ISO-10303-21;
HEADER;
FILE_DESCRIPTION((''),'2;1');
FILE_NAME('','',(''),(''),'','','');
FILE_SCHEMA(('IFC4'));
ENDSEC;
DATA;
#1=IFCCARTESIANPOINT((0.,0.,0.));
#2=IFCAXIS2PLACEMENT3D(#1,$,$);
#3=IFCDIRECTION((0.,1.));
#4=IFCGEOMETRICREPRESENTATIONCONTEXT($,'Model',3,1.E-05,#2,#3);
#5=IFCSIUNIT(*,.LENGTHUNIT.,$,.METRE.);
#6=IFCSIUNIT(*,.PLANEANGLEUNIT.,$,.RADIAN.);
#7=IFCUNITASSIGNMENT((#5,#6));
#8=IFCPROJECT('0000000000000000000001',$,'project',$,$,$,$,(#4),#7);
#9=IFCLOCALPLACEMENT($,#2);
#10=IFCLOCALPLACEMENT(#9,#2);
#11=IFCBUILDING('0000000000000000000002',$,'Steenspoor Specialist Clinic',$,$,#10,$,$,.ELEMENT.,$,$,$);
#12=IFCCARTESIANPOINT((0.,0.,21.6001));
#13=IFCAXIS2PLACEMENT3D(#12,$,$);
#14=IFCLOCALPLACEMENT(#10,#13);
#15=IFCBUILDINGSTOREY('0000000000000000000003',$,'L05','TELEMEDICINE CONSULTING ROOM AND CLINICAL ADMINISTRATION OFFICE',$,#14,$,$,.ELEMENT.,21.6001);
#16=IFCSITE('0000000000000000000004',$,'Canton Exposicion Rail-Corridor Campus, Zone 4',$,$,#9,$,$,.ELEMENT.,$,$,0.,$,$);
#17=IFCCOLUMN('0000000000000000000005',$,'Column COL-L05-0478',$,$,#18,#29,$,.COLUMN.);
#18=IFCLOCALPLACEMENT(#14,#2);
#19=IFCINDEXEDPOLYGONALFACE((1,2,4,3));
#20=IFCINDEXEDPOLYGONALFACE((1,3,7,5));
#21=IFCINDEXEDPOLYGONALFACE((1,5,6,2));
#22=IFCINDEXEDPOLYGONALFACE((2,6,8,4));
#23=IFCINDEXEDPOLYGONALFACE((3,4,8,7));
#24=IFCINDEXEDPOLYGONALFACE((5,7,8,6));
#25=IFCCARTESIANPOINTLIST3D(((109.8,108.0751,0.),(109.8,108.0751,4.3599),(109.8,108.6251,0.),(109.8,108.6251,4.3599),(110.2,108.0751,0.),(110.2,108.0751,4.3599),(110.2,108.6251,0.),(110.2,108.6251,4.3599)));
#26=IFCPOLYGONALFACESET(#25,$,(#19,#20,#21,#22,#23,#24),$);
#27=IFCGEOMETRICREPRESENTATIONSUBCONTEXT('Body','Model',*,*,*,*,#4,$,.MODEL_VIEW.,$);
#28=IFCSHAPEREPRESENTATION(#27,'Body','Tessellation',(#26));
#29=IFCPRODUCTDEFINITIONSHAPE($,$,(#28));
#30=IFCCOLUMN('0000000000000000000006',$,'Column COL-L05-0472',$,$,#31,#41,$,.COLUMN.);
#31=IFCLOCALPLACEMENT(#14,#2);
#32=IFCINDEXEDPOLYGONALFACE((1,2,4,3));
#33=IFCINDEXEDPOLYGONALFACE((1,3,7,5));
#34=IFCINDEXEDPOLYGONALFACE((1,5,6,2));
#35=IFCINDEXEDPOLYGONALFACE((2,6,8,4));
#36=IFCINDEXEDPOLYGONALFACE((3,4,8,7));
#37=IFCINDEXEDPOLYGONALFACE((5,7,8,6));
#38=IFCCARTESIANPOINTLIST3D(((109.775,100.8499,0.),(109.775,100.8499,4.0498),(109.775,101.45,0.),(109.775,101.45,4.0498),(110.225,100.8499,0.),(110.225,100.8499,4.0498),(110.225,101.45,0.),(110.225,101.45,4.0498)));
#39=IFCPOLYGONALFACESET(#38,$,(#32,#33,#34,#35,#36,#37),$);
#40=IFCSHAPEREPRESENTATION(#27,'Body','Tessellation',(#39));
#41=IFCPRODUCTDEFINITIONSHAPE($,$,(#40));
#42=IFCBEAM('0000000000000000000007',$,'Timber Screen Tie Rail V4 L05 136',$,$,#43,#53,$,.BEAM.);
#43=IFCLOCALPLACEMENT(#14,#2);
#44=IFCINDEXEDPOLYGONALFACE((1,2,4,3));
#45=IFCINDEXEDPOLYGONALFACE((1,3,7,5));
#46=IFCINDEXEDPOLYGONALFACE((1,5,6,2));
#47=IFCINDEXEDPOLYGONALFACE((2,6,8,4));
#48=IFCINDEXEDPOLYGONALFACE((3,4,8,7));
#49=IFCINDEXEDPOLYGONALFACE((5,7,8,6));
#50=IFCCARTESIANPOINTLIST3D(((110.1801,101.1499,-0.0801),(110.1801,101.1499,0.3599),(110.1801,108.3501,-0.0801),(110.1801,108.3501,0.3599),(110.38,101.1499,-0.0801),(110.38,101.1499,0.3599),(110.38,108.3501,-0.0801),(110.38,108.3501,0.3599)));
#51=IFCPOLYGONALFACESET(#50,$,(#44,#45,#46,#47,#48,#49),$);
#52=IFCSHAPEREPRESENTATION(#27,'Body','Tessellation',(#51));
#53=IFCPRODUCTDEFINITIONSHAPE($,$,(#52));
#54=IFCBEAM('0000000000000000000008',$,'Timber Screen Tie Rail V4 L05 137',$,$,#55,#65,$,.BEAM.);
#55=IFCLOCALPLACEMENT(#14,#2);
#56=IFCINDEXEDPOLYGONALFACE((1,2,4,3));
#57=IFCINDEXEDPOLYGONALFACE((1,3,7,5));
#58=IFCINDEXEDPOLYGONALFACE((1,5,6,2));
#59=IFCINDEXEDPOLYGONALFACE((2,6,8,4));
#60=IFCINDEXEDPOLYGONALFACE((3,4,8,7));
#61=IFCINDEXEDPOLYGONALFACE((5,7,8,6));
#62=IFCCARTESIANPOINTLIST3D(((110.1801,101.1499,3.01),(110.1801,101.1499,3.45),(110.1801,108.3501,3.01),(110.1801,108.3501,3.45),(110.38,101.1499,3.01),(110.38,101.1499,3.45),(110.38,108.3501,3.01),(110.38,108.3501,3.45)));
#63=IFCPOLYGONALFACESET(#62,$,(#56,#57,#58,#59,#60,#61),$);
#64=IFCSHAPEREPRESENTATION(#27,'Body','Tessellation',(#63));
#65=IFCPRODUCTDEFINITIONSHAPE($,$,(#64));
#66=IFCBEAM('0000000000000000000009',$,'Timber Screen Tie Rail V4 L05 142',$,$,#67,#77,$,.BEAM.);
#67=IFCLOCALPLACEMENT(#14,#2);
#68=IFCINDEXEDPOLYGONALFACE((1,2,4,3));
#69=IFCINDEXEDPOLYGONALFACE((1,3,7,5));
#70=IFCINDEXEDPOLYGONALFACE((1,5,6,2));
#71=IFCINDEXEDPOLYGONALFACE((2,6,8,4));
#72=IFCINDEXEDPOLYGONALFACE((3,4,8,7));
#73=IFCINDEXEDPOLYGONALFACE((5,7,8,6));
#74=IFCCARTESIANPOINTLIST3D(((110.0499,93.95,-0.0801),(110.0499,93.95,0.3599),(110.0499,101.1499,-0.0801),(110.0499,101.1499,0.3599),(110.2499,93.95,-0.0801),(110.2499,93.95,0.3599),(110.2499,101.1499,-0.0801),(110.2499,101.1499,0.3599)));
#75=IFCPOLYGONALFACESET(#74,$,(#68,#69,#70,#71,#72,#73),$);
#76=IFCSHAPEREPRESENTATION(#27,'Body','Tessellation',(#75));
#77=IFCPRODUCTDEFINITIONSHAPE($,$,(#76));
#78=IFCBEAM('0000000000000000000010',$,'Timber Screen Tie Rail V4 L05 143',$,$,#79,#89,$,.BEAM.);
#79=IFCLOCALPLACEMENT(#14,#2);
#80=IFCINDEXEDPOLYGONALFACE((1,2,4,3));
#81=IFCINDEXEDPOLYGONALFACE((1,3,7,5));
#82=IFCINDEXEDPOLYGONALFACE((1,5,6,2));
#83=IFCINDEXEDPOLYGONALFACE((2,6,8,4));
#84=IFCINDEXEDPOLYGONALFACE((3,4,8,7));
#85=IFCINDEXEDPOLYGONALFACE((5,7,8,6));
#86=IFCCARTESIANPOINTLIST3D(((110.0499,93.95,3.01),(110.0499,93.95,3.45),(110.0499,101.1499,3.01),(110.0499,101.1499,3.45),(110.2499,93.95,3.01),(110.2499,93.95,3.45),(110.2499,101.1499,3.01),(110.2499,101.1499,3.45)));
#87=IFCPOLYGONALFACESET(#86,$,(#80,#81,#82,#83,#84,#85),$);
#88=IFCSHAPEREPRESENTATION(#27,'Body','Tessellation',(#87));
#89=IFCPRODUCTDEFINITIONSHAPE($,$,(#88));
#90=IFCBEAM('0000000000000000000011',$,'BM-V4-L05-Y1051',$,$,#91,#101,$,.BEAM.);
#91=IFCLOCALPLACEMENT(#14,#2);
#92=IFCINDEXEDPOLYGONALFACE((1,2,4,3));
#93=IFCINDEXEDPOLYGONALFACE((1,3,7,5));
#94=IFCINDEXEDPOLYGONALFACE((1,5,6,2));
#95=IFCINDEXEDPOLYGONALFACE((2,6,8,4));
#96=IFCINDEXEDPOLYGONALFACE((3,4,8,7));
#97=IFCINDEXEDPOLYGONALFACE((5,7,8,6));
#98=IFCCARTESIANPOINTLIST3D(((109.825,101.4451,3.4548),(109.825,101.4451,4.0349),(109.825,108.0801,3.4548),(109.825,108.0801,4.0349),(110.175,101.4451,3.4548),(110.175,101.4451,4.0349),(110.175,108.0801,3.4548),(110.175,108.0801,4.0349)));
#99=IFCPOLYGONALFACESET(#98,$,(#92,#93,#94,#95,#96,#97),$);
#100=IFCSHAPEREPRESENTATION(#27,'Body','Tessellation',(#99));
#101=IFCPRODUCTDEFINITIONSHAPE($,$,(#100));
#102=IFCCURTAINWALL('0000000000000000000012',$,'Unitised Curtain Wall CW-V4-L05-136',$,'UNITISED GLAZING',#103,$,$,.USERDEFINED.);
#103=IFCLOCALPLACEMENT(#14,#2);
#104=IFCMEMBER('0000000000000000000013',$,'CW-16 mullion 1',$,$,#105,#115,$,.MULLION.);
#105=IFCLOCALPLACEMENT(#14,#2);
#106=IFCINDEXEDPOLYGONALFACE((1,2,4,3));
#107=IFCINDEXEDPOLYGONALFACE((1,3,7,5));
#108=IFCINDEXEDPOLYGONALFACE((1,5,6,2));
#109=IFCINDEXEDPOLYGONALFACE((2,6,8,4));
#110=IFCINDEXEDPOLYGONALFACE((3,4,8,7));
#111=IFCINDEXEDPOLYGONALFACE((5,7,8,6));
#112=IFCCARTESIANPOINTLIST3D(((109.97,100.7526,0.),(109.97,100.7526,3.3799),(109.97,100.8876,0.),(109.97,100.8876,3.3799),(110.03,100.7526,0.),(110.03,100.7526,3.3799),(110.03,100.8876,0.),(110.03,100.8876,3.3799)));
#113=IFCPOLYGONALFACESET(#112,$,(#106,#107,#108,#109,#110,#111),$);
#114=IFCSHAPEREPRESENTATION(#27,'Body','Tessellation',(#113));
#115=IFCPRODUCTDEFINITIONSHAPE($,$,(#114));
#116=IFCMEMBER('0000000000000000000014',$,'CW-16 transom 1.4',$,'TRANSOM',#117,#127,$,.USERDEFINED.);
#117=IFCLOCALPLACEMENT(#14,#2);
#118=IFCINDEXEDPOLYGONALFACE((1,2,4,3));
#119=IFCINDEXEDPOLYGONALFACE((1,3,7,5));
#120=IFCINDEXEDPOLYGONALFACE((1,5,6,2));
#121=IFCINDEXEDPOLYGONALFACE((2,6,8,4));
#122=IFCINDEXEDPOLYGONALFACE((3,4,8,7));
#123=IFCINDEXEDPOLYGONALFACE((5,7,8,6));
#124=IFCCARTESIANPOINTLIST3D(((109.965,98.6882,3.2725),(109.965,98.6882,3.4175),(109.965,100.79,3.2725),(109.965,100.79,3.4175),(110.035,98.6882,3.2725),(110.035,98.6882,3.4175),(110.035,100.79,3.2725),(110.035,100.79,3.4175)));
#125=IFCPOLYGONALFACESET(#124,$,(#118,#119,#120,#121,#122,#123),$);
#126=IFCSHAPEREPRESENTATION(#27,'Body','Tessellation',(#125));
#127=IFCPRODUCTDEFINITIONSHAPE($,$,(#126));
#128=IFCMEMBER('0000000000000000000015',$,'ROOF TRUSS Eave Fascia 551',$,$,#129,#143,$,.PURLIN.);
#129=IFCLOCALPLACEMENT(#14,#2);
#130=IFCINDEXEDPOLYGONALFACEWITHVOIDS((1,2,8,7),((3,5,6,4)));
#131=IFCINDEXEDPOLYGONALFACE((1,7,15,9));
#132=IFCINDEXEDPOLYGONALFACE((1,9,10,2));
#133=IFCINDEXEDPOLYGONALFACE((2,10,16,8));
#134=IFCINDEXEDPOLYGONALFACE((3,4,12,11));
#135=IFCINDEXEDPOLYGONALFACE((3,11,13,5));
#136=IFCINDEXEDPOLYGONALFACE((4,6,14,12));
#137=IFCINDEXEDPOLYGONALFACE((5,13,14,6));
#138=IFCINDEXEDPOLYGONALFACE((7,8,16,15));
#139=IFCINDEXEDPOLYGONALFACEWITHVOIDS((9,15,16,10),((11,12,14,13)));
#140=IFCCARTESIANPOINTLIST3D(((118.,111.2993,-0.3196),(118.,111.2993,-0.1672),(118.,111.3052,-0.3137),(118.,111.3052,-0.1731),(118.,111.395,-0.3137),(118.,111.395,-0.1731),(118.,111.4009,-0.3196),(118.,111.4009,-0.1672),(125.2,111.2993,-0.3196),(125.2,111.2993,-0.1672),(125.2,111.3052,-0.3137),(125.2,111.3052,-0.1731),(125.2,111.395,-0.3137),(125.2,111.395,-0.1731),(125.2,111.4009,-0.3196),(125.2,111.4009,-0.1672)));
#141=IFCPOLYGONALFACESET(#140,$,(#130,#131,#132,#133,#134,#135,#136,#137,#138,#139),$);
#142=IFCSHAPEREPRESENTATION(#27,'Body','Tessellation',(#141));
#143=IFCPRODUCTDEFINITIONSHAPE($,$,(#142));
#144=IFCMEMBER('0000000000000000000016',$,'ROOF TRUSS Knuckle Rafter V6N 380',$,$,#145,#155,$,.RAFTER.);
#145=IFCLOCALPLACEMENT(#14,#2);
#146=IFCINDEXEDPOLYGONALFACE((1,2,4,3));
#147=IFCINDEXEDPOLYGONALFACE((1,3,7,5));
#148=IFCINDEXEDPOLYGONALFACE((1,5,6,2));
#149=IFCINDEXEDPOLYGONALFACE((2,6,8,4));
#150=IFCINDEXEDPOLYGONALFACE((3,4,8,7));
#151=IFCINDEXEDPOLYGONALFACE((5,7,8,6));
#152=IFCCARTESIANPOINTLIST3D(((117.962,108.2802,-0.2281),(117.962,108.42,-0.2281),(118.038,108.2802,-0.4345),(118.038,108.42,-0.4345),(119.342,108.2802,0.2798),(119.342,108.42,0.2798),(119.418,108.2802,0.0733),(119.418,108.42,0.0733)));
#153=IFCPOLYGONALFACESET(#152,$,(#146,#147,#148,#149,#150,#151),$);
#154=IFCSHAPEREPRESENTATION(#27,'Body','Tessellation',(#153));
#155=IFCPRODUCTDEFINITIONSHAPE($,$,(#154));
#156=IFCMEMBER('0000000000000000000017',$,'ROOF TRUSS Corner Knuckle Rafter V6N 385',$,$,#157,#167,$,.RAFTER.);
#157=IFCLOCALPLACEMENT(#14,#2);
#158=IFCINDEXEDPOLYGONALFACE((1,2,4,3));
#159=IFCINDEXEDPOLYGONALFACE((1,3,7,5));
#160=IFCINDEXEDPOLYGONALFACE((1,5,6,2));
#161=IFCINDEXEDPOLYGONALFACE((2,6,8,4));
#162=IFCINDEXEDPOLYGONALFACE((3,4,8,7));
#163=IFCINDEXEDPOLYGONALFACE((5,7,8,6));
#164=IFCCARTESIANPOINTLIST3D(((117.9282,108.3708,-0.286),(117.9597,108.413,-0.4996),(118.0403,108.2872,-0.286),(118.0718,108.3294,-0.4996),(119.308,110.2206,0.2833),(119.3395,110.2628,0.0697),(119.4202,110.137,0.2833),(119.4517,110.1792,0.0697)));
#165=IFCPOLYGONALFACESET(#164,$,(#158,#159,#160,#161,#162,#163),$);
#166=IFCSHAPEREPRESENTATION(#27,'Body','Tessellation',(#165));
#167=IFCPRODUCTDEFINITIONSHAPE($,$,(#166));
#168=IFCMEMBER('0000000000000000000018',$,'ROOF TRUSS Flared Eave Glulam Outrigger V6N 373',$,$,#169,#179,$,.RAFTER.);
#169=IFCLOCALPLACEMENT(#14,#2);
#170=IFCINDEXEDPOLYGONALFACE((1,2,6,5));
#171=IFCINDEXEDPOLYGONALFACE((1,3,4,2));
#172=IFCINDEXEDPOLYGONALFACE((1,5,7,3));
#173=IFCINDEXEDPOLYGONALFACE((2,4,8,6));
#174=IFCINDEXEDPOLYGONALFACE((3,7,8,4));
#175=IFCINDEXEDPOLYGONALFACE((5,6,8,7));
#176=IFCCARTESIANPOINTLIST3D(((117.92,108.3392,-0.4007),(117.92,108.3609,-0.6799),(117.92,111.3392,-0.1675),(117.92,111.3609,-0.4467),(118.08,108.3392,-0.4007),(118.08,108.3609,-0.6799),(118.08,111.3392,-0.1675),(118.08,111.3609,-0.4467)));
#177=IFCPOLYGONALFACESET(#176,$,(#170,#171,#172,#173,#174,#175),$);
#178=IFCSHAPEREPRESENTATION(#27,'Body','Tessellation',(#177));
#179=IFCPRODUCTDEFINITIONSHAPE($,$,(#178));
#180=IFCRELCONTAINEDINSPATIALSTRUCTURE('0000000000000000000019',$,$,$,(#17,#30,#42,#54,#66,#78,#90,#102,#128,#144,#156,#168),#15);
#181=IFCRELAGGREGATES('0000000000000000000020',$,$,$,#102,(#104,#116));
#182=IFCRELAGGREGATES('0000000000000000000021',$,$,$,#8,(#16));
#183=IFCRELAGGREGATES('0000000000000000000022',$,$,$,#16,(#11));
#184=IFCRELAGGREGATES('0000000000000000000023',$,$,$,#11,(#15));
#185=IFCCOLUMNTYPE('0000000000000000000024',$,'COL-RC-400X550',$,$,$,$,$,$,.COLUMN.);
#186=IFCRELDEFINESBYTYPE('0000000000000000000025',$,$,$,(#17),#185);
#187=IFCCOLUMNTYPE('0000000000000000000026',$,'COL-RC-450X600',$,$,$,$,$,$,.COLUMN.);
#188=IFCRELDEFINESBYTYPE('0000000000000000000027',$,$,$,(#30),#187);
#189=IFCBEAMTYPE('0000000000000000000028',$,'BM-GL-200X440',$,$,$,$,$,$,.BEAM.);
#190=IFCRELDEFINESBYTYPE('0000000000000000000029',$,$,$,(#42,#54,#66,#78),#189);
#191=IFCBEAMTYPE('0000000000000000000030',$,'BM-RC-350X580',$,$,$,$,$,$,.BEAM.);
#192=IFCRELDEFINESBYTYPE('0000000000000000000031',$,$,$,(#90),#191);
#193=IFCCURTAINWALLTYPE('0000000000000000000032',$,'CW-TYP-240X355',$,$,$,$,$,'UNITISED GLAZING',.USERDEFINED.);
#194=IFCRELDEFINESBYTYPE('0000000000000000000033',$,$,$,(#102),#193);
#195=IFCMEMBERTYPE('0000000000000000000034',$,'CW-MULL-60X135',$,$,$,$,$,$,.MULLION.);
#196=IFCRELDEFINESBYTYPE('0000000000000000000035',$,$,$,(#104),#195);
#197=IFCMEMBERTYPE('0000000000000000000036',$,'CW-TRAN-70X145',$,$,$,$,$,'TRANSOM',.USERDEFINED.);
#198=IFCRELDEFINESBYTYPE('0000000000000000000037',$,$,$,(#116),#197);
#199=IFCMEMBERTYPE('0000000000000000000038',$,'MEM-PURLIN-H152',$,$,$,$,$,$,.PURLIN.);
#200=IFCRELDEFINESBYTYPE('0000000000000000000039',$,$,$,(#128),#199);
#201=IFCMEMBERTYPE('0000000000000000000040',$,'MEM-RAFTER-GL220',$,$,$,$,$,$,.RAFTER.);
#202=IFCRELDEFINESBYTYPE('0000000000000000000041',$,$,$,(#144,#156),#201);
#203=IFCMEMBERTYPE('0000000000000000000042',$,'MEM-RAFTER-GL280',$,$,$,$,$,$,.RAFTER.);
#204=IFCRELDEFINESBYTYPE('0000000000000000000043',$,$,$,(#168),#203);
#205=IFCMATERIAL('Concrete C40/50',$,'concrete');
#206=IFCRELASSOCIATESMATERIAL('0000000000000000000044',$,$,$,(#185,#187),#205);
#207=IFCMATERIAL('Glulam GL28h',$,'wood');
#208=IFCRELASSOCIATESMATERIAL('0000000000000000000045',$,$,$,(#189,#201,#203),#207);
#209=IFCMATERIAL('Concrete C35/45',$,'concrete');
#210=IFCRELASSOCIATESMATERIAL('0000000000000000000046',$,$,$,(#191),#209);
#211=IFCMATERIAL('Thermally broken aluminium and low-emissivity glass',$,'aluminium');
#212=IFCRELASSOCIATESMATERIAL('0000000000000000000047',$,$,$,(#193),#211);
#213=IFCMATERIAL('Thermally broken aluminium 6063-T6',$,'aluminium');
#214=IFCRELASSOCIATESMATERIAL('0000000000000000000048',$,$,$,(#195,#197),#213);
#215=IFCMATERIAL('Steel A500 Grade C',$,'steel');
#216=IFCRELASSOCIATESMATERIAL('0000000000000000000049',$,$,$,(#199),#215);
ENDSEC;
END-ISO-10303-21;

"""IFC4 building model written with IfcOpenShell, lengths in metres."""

from ifc_helpers import new_model, si_unit, direction, frame, origin, origin_2d, place, context, subcontext, project, spatial, rectangle, hollow_rectangle, extrude, material, material_profile, profile_set, type_object, element, aggregate, save


model = new_model("IFC4")

# Units and contexts
model_context = context("Model", 3, precision=1e-05, world=origin(), true_north=direction((0.0, 1.0)))
body_context = subcontext(model_context, "Body", "Model", "MODEL_VIEW")
ifc_project = project(units=[si_unit("LENGTHUNIT", "METRE"), si_unit("PLANEANGLEUNIT", "RADIAN")], contexts=[model_context])

# Site, building, storey
site_placement = place(None, origin())
site = spatial("IfcSite", under=ifc_project, at=site_placement, Name="Canton Exposicion Rail-Corridor Campus, Zone 4", CompositionType="ELEMENT", RefElevation=0.0)
building_placement = place(site_placement, origin())
building = spatial("IfcBuilding", under=site, at=building_placement, Name="Steenspoor Specialist Clinic", CompositionType="ELEMENT")
storey_placement = place(building_placement, frame((0.0, 0.0, 21.6001)))
storey = spatial("IfcBuildingStorey", under=building, at=storey_placement, Name="L05", Description="TELEMEDICINE CONSULTING ROOM AND CLINICAL ADMINISTRATION OFFICE", CompositionType="ELEMENT", Elevation=21.6001)

# Columns
ifc_material_1 = material(Name="Concrete C40/50", Category="concrete")
ifc_material_profile_1 = material_profile(ifc_material_1, rectangle(XDim=0.3999, YDim=0.55, at=origin_2d()), Name="RC-COL-400X550")
ifc_profile_set_1 = profile_set([ifc_material_profile_1], Name="Concrete C40/50")
column_type_1 = type_object("IfcColumnType", Name="COL-RC-400X550", PredefinedType="COLUMN", material=ifc_profile_set_1)
column_1_placement = place(storey_placement, frame((110.0, 108.3501, 0.0), z_axis=(0.0, 0.0, 1.0), x_axis=(1.0, 0.0, 0.0)))
element("IfcColumn", 1, at=column_1_placement, inside=storey, type_object=column_type_1, Name="Column COL-L05-0478", PredefinedType="COLUMN", context=body_context, shape_type="SweptSolid", body=[
    extrude(rectangle(XDim=0.3999, YDim=0.55, at=origin_2d()), origin(), (0.0, 0.0, 1.0), 4.3599),
])
ifc_material_profile_2 = material_profile(ifc_material_1, rectangle(XDim=0.45, YDim=0.6001, at=origin_2d()), Name="RC-COL-450X600")
ifc_profile_set_2 = profile_set([ifc_material_profile_2], Name="Concrete C40/50")
column_type_2 = type_object("IfcColumnType", Name="COL-RC-450X600", PredefinedType="COLUMN", material=ifc_profile_set_2)
column_2_placement = place(storey_placement, frame((110.0, 101.1499, 0.0), z_axis=(0.0, 0.0, 1.0), x_axis=(1.0, 0.0, 0.0)))
element("IfcColumn", 2, at=column_2_placement, inside=storey, type_object=column_type_2, Name="Column COL-L05-0472", PredefinedType="COLUMN", context=body_context, shape_type="SweptSolid", body=[
    extrude(rectangle(XDim=0.45, YDim=0.6001, at=origin_2d()), origin(), (0.0, 0.0, 1.0), 4.0498),
])

# Beams
ifc_material_2 = material(Name="Glulam GL28h", Category="wood")
ifc_material_profile_3 = material_profile(ifc_material_2, rectangle(XDim=0.2, YDim=0.4399, at=origin_2d()), Name="GL28H-200X440")
ifc_profile_set_3 = profile_set([ifc_material_profile_3], Name="Glulam GL28h")
beam_type_1 = type_object("IfcBeamType", Name="BM-GL-200X440", PredefinedType="BEAM", material=ifc_profile_set_3)
for number, where, z_axis, x_axis, name in (
    (3, (110.28, 108.3501, 0.1399), (0.0, -1.0, 0.0), (1.0, 0.0, 0.0), "Timber Screen Tie Rail V4 L05 136"),
    (4, (110.28, 108.3501, 3.23), (0.0, -1.0, 0.0), (1.0, 0.0, 0.0), "Timber Screen Tie Rail V4 L05 137"),
):
    element("IfcBeam", number, at=place(storey_placement, frame(where, z_axis=z_axis, x_axis=x_axis)), inside=storey, type_object=beam_type_1, Name=name, PredefinedType="BEAM", context=body_context, shape_type="SweptSolid", body=[
        extrude(rectangle(XDim=0.2, YDim=0.4399, at=origin_2d()), origin(), (0.0, 0.0, 1.0), 7.2002),
    ])
for number, where, z_axis, x_axis, name in (
    (5, (110.1499, 101.1499, 0.1399), (0.0, -1.0, 0.0), (1.0, 0.0, 0.0), "Timber Screen Tie Rail V4 L05 142"),
    (6, (110.1499, 101.1499, 3.23), (0.0, -1.0, 0.0), (1.0, 0.0, 0.0), "Timber Screen Tie Rail V4 L05 143"),
):
    element("IfcBeam", number, at=place(storey_placement, frame(where, z_axis=z_axis, x_axis=x_axis)), inside=storey, type_object=beam_type_1, Name=name, PredefinedType="BEAM", context=body_context, shape_type="SweptSolid", body=[
        extrude(rectangle(XDim=0.2, YDim=0.4399, at=origin_2d()), origin(), (0.0, 0.0, 1.0), 7.2),
    ])
ifc_material_3 = material(Name="Concrete C35/45", Category="concrete")
ifc_material_profile_4 = material_profile(ifc_material_3, rectangle(XDim=0.3501, YDim=0.5801, at=origin_2d()), Name="RC-BM-350X580")
ifc_profile_set_4 = profile_set([ifc_material_profile_4], Name="Concrete C35/45")
beam_type_2 = type_object("IfcBeamType", Name="BM-RC-350X580", PredefinedType="BEAM", material=ifc_profile_set_4)
beam_placement = place(storey_placement, frame((110.0, 101.4451, 3.7449), z_axis=(0.0, 1.0, 0.0), x_axis=(-1.0, 0.0, 0.0)))
element("IfcBeam", 7, at=beam_placement, inside=storey, type_object=beam_type_2, Name="BM-V4-L05-Y1051", PredefinedType="BEAM", context=body_context, shape_type="SweptSolid", body=[
    extrude(rectangle(XDim=0.3501, YDim=0.5801, at=origin_2d()), origin(), (0.0, 0.0, 1.0), 6.635),
])

# Curtain wall, members
ifc_material_4 = material(Name="Thermally broken aluminium and low-emissivity glass", Category="aluminium")
curtain_wall_type = type_object("IfcCurtainWallType", Name="CW-TYP-240X355", ElementType="UNITISED GLAZING", PredefinedType="USERDEFINED", material=ifc_material_4)
curtain_wall_placement = place(storey_placement, origin())
curtain_wall = element("IfcCurtainWall", 8, at=curtain_wall_placement, inside=storey, type_object=curtain_wall_type, Name="Unitised Curtain Wall CW-V4-L05-136", ObjectType="UNITISED GLAZING", PredefinedType="USERDEFINED")
ifc_material_5 = material(Name="Thermally broken aluminium 6063-T6", Category="aluminium")
ifc_material_profile_5 = material_profile(ifc_material_5, rectangle(XDim=0.0601, YDim=0.135, at=origin_2d()), Name="CWM-60X135")
ifc_profile_set_5 = profile_set([ifc_material_profile_5], Name="Thermally broken aluminium 6063-T6")
member_type_1 = type_object("IfcMemberType", Name="CW-MULL-60X135", PredefinedType="MULLION", material=ifc_profile_set_5)
member_1_placement = place(storey_placement, frame((110.0, 100.8201, 0.0), z_axis=(0.0, 0.0, 1.0), x_axis=(1.0, 0.0, 0.0)))
member_1 = element("IfcMember", 9, at=member_1_placement, type_object=member_type_1, Name="CW-16 mullion 1", PredefinedType="MULLION", context=body_context, shape_type="SweptSolid", body=[
    extrude(rectangle(XDim=0.0601, YDim=0.135, at=origin_2d()), origin(), (0.0, 0.0, 1.0), 3.3799),
])
ifc_material_profile_6 = material_profile(ifc_material_5, rectangle(XDim=0.0701, YDim=0.145, at=origin_2d()), Name="CWT-70X145")
ifc_profile_set_6 = profile_set([ifc_material_profile_6], Name="Thermally broken aluminium 6063-T6")
member_type_2 = type_object("IfcMemberType", Name="CW-TRAN-70X145", ElementType="TRANSOM", PredefinedType="USERDEFINED", material=ifc_profile_set_6)
member_2_placement = place(storey_placement, frame((110.0, 100.79, 3.345), z_axis=(0.0, -1.0, 0.0), x_axis=(1.0, 0.0, 0.0)))
member_2 = element("IfcMember", 10, at=member_2_placement, type_object=member_type_2, Name="CW-16 transom 1.4", ObjectType="TRANSOM", PredefinedType="USERDEFINED", context=body_context, shape_type="SweptSolid", body=[
    extrude(rectangle(XDim=0.0701, YDim=0.145, at=origin_2d()), origin(), (0.0, 0.0, 1.0), 2.1018),
])
aggregate(curtain_wall, [member_1, member_2])

# Members
ifc_material_6 = material(Name="Steel A500 Grade C", Category="steel")
ifc_material_profile_7 = material_profile(ifc_material_6, hollow_rectangle(XDim=0.1016, YDim=0.1523, WallThickness=0.0059, at=origin_2d()), Name="HSS152X102X6.4")
ifc_profile_set_7 = profile_set([ifc_material_profile_7], Name="Steel A500 Grade C")
member_type_3 = type_object("IfcMemberType", Name="MEM-PURLIN-H152", PredefinedType="PURLIN", material=ifc_profile_set_7)
member_3_placement = place(storey_placement, frame((118.0, 111.3501, -0.2434), z_axis=(1.0, 0.0, 0.0), x_axis=(0.0, 1.0, 0.0)))
element("IfcMember", 11, at=member_3_placement, inside=storey, type_object=member_type_3, Name="ROOF TRUSS Eave Fascia 551", PredefinedType="PURLIN", context=body_context, shape_type="SweptSolid", body=[
    extrude(hollow_rectangle(XDim=0.1016, YDim=0.1523, WallThickness=0.0059, at=origin_2d()), origin(), (0.0, 0.0, 1.0), 7.2),
])
ifc_material_profile_8 = material_profile(ifc_material_2, rectangle(XDim=0.1399, YDim=0.22, at=origin_2d()), Name="GL28H-140X220")
ifc_profile_set_8 = profile_set([ifc_material_profile_8], Name="Glulam GL28h")
member_type_4 = type_object("IfcMemberType", Name="MEM-RAFTER-GL220", PredefinedType="RAFTER", material=ifc_profile_set_8)
member_4_placement = place(storey_placement, frame((118.0, 108.3501, -0.3313), z_axis=(0.938468, 0.0, 0.345367), x_axis=(0.0, 1.0, 0.0)))
element("IfcMember", 12, at=member_4_placement, inside=storey, type_object=member_type_4, Name="ROOF TRUSS Knuckle Rafter V6N 380", PredefinedType="RAFTER", context=body_context, shape_type="SweptSolid", body=[
    extrude(rectangle(XDim=0.1399, YDim=0.22, at=origin_2d()), origin(), (0.0, 0.0, 1.0), 1.4705),
])
member_5_placement = place(storey_placement, frame((118.0, 108.3501, -0.3928), z_axis=(0.580512, 0.778227, 0.239518), x_axis=(-0.801559, 0.597916, 0.0)))
element("IfcMember", 13, at=member_5_placement, inside=storey, type_object=member_type_4, Name="ROOF TRUSS Corner Knuckle Rafter V6N 385", PredefinedType="RAFTER", context=body_context, shape_type="SweptSolid", body=[
    extrude(rectangle(XDim=0.1399, YDim=0.22, at=origin_2d()), origin(), (0.0, 0.0, 1.0), 2.377),
])
ifc_material_profile_9 = material_profile(ifc_material_2, rectangle(XDim=0.1599, YDim=0.28, at=origin_2d()), Name="GL28H-160X280")
ifc_profile_set_9 = profile_set([ifc_material_profile_9], Name="Glulam GL28h")
member_type_5 = type_object("IfcMemberType", Name="MEM-RAFTER-GL280", PredefinedType="RAFTER", material=ifc_profile_set_9)
member_6_placement = place(storey_placement, frame((118.0, 108.3501, -0.5403), z_axis=(0.0, 0.996994, 0.077484), x_axis=(-1.0, 0.0, 0.0)))
element("IfcMember", 14, at=member_6_placement, inside=storey, type_object=member_type_5, Name="ROOF TRUSS Flared Eave Glulam Outrigger V6N 373", PredefinedType="RAFTER", context=body_context, shape_type="SweptSolid", body=[
    extrude(rectangle(XDim=0.1599, YDim=0.28, at=origin_2d()), origin(), (0.0, 0.0, 1.0), 3.009),
])

save(model, "model.ifc")
